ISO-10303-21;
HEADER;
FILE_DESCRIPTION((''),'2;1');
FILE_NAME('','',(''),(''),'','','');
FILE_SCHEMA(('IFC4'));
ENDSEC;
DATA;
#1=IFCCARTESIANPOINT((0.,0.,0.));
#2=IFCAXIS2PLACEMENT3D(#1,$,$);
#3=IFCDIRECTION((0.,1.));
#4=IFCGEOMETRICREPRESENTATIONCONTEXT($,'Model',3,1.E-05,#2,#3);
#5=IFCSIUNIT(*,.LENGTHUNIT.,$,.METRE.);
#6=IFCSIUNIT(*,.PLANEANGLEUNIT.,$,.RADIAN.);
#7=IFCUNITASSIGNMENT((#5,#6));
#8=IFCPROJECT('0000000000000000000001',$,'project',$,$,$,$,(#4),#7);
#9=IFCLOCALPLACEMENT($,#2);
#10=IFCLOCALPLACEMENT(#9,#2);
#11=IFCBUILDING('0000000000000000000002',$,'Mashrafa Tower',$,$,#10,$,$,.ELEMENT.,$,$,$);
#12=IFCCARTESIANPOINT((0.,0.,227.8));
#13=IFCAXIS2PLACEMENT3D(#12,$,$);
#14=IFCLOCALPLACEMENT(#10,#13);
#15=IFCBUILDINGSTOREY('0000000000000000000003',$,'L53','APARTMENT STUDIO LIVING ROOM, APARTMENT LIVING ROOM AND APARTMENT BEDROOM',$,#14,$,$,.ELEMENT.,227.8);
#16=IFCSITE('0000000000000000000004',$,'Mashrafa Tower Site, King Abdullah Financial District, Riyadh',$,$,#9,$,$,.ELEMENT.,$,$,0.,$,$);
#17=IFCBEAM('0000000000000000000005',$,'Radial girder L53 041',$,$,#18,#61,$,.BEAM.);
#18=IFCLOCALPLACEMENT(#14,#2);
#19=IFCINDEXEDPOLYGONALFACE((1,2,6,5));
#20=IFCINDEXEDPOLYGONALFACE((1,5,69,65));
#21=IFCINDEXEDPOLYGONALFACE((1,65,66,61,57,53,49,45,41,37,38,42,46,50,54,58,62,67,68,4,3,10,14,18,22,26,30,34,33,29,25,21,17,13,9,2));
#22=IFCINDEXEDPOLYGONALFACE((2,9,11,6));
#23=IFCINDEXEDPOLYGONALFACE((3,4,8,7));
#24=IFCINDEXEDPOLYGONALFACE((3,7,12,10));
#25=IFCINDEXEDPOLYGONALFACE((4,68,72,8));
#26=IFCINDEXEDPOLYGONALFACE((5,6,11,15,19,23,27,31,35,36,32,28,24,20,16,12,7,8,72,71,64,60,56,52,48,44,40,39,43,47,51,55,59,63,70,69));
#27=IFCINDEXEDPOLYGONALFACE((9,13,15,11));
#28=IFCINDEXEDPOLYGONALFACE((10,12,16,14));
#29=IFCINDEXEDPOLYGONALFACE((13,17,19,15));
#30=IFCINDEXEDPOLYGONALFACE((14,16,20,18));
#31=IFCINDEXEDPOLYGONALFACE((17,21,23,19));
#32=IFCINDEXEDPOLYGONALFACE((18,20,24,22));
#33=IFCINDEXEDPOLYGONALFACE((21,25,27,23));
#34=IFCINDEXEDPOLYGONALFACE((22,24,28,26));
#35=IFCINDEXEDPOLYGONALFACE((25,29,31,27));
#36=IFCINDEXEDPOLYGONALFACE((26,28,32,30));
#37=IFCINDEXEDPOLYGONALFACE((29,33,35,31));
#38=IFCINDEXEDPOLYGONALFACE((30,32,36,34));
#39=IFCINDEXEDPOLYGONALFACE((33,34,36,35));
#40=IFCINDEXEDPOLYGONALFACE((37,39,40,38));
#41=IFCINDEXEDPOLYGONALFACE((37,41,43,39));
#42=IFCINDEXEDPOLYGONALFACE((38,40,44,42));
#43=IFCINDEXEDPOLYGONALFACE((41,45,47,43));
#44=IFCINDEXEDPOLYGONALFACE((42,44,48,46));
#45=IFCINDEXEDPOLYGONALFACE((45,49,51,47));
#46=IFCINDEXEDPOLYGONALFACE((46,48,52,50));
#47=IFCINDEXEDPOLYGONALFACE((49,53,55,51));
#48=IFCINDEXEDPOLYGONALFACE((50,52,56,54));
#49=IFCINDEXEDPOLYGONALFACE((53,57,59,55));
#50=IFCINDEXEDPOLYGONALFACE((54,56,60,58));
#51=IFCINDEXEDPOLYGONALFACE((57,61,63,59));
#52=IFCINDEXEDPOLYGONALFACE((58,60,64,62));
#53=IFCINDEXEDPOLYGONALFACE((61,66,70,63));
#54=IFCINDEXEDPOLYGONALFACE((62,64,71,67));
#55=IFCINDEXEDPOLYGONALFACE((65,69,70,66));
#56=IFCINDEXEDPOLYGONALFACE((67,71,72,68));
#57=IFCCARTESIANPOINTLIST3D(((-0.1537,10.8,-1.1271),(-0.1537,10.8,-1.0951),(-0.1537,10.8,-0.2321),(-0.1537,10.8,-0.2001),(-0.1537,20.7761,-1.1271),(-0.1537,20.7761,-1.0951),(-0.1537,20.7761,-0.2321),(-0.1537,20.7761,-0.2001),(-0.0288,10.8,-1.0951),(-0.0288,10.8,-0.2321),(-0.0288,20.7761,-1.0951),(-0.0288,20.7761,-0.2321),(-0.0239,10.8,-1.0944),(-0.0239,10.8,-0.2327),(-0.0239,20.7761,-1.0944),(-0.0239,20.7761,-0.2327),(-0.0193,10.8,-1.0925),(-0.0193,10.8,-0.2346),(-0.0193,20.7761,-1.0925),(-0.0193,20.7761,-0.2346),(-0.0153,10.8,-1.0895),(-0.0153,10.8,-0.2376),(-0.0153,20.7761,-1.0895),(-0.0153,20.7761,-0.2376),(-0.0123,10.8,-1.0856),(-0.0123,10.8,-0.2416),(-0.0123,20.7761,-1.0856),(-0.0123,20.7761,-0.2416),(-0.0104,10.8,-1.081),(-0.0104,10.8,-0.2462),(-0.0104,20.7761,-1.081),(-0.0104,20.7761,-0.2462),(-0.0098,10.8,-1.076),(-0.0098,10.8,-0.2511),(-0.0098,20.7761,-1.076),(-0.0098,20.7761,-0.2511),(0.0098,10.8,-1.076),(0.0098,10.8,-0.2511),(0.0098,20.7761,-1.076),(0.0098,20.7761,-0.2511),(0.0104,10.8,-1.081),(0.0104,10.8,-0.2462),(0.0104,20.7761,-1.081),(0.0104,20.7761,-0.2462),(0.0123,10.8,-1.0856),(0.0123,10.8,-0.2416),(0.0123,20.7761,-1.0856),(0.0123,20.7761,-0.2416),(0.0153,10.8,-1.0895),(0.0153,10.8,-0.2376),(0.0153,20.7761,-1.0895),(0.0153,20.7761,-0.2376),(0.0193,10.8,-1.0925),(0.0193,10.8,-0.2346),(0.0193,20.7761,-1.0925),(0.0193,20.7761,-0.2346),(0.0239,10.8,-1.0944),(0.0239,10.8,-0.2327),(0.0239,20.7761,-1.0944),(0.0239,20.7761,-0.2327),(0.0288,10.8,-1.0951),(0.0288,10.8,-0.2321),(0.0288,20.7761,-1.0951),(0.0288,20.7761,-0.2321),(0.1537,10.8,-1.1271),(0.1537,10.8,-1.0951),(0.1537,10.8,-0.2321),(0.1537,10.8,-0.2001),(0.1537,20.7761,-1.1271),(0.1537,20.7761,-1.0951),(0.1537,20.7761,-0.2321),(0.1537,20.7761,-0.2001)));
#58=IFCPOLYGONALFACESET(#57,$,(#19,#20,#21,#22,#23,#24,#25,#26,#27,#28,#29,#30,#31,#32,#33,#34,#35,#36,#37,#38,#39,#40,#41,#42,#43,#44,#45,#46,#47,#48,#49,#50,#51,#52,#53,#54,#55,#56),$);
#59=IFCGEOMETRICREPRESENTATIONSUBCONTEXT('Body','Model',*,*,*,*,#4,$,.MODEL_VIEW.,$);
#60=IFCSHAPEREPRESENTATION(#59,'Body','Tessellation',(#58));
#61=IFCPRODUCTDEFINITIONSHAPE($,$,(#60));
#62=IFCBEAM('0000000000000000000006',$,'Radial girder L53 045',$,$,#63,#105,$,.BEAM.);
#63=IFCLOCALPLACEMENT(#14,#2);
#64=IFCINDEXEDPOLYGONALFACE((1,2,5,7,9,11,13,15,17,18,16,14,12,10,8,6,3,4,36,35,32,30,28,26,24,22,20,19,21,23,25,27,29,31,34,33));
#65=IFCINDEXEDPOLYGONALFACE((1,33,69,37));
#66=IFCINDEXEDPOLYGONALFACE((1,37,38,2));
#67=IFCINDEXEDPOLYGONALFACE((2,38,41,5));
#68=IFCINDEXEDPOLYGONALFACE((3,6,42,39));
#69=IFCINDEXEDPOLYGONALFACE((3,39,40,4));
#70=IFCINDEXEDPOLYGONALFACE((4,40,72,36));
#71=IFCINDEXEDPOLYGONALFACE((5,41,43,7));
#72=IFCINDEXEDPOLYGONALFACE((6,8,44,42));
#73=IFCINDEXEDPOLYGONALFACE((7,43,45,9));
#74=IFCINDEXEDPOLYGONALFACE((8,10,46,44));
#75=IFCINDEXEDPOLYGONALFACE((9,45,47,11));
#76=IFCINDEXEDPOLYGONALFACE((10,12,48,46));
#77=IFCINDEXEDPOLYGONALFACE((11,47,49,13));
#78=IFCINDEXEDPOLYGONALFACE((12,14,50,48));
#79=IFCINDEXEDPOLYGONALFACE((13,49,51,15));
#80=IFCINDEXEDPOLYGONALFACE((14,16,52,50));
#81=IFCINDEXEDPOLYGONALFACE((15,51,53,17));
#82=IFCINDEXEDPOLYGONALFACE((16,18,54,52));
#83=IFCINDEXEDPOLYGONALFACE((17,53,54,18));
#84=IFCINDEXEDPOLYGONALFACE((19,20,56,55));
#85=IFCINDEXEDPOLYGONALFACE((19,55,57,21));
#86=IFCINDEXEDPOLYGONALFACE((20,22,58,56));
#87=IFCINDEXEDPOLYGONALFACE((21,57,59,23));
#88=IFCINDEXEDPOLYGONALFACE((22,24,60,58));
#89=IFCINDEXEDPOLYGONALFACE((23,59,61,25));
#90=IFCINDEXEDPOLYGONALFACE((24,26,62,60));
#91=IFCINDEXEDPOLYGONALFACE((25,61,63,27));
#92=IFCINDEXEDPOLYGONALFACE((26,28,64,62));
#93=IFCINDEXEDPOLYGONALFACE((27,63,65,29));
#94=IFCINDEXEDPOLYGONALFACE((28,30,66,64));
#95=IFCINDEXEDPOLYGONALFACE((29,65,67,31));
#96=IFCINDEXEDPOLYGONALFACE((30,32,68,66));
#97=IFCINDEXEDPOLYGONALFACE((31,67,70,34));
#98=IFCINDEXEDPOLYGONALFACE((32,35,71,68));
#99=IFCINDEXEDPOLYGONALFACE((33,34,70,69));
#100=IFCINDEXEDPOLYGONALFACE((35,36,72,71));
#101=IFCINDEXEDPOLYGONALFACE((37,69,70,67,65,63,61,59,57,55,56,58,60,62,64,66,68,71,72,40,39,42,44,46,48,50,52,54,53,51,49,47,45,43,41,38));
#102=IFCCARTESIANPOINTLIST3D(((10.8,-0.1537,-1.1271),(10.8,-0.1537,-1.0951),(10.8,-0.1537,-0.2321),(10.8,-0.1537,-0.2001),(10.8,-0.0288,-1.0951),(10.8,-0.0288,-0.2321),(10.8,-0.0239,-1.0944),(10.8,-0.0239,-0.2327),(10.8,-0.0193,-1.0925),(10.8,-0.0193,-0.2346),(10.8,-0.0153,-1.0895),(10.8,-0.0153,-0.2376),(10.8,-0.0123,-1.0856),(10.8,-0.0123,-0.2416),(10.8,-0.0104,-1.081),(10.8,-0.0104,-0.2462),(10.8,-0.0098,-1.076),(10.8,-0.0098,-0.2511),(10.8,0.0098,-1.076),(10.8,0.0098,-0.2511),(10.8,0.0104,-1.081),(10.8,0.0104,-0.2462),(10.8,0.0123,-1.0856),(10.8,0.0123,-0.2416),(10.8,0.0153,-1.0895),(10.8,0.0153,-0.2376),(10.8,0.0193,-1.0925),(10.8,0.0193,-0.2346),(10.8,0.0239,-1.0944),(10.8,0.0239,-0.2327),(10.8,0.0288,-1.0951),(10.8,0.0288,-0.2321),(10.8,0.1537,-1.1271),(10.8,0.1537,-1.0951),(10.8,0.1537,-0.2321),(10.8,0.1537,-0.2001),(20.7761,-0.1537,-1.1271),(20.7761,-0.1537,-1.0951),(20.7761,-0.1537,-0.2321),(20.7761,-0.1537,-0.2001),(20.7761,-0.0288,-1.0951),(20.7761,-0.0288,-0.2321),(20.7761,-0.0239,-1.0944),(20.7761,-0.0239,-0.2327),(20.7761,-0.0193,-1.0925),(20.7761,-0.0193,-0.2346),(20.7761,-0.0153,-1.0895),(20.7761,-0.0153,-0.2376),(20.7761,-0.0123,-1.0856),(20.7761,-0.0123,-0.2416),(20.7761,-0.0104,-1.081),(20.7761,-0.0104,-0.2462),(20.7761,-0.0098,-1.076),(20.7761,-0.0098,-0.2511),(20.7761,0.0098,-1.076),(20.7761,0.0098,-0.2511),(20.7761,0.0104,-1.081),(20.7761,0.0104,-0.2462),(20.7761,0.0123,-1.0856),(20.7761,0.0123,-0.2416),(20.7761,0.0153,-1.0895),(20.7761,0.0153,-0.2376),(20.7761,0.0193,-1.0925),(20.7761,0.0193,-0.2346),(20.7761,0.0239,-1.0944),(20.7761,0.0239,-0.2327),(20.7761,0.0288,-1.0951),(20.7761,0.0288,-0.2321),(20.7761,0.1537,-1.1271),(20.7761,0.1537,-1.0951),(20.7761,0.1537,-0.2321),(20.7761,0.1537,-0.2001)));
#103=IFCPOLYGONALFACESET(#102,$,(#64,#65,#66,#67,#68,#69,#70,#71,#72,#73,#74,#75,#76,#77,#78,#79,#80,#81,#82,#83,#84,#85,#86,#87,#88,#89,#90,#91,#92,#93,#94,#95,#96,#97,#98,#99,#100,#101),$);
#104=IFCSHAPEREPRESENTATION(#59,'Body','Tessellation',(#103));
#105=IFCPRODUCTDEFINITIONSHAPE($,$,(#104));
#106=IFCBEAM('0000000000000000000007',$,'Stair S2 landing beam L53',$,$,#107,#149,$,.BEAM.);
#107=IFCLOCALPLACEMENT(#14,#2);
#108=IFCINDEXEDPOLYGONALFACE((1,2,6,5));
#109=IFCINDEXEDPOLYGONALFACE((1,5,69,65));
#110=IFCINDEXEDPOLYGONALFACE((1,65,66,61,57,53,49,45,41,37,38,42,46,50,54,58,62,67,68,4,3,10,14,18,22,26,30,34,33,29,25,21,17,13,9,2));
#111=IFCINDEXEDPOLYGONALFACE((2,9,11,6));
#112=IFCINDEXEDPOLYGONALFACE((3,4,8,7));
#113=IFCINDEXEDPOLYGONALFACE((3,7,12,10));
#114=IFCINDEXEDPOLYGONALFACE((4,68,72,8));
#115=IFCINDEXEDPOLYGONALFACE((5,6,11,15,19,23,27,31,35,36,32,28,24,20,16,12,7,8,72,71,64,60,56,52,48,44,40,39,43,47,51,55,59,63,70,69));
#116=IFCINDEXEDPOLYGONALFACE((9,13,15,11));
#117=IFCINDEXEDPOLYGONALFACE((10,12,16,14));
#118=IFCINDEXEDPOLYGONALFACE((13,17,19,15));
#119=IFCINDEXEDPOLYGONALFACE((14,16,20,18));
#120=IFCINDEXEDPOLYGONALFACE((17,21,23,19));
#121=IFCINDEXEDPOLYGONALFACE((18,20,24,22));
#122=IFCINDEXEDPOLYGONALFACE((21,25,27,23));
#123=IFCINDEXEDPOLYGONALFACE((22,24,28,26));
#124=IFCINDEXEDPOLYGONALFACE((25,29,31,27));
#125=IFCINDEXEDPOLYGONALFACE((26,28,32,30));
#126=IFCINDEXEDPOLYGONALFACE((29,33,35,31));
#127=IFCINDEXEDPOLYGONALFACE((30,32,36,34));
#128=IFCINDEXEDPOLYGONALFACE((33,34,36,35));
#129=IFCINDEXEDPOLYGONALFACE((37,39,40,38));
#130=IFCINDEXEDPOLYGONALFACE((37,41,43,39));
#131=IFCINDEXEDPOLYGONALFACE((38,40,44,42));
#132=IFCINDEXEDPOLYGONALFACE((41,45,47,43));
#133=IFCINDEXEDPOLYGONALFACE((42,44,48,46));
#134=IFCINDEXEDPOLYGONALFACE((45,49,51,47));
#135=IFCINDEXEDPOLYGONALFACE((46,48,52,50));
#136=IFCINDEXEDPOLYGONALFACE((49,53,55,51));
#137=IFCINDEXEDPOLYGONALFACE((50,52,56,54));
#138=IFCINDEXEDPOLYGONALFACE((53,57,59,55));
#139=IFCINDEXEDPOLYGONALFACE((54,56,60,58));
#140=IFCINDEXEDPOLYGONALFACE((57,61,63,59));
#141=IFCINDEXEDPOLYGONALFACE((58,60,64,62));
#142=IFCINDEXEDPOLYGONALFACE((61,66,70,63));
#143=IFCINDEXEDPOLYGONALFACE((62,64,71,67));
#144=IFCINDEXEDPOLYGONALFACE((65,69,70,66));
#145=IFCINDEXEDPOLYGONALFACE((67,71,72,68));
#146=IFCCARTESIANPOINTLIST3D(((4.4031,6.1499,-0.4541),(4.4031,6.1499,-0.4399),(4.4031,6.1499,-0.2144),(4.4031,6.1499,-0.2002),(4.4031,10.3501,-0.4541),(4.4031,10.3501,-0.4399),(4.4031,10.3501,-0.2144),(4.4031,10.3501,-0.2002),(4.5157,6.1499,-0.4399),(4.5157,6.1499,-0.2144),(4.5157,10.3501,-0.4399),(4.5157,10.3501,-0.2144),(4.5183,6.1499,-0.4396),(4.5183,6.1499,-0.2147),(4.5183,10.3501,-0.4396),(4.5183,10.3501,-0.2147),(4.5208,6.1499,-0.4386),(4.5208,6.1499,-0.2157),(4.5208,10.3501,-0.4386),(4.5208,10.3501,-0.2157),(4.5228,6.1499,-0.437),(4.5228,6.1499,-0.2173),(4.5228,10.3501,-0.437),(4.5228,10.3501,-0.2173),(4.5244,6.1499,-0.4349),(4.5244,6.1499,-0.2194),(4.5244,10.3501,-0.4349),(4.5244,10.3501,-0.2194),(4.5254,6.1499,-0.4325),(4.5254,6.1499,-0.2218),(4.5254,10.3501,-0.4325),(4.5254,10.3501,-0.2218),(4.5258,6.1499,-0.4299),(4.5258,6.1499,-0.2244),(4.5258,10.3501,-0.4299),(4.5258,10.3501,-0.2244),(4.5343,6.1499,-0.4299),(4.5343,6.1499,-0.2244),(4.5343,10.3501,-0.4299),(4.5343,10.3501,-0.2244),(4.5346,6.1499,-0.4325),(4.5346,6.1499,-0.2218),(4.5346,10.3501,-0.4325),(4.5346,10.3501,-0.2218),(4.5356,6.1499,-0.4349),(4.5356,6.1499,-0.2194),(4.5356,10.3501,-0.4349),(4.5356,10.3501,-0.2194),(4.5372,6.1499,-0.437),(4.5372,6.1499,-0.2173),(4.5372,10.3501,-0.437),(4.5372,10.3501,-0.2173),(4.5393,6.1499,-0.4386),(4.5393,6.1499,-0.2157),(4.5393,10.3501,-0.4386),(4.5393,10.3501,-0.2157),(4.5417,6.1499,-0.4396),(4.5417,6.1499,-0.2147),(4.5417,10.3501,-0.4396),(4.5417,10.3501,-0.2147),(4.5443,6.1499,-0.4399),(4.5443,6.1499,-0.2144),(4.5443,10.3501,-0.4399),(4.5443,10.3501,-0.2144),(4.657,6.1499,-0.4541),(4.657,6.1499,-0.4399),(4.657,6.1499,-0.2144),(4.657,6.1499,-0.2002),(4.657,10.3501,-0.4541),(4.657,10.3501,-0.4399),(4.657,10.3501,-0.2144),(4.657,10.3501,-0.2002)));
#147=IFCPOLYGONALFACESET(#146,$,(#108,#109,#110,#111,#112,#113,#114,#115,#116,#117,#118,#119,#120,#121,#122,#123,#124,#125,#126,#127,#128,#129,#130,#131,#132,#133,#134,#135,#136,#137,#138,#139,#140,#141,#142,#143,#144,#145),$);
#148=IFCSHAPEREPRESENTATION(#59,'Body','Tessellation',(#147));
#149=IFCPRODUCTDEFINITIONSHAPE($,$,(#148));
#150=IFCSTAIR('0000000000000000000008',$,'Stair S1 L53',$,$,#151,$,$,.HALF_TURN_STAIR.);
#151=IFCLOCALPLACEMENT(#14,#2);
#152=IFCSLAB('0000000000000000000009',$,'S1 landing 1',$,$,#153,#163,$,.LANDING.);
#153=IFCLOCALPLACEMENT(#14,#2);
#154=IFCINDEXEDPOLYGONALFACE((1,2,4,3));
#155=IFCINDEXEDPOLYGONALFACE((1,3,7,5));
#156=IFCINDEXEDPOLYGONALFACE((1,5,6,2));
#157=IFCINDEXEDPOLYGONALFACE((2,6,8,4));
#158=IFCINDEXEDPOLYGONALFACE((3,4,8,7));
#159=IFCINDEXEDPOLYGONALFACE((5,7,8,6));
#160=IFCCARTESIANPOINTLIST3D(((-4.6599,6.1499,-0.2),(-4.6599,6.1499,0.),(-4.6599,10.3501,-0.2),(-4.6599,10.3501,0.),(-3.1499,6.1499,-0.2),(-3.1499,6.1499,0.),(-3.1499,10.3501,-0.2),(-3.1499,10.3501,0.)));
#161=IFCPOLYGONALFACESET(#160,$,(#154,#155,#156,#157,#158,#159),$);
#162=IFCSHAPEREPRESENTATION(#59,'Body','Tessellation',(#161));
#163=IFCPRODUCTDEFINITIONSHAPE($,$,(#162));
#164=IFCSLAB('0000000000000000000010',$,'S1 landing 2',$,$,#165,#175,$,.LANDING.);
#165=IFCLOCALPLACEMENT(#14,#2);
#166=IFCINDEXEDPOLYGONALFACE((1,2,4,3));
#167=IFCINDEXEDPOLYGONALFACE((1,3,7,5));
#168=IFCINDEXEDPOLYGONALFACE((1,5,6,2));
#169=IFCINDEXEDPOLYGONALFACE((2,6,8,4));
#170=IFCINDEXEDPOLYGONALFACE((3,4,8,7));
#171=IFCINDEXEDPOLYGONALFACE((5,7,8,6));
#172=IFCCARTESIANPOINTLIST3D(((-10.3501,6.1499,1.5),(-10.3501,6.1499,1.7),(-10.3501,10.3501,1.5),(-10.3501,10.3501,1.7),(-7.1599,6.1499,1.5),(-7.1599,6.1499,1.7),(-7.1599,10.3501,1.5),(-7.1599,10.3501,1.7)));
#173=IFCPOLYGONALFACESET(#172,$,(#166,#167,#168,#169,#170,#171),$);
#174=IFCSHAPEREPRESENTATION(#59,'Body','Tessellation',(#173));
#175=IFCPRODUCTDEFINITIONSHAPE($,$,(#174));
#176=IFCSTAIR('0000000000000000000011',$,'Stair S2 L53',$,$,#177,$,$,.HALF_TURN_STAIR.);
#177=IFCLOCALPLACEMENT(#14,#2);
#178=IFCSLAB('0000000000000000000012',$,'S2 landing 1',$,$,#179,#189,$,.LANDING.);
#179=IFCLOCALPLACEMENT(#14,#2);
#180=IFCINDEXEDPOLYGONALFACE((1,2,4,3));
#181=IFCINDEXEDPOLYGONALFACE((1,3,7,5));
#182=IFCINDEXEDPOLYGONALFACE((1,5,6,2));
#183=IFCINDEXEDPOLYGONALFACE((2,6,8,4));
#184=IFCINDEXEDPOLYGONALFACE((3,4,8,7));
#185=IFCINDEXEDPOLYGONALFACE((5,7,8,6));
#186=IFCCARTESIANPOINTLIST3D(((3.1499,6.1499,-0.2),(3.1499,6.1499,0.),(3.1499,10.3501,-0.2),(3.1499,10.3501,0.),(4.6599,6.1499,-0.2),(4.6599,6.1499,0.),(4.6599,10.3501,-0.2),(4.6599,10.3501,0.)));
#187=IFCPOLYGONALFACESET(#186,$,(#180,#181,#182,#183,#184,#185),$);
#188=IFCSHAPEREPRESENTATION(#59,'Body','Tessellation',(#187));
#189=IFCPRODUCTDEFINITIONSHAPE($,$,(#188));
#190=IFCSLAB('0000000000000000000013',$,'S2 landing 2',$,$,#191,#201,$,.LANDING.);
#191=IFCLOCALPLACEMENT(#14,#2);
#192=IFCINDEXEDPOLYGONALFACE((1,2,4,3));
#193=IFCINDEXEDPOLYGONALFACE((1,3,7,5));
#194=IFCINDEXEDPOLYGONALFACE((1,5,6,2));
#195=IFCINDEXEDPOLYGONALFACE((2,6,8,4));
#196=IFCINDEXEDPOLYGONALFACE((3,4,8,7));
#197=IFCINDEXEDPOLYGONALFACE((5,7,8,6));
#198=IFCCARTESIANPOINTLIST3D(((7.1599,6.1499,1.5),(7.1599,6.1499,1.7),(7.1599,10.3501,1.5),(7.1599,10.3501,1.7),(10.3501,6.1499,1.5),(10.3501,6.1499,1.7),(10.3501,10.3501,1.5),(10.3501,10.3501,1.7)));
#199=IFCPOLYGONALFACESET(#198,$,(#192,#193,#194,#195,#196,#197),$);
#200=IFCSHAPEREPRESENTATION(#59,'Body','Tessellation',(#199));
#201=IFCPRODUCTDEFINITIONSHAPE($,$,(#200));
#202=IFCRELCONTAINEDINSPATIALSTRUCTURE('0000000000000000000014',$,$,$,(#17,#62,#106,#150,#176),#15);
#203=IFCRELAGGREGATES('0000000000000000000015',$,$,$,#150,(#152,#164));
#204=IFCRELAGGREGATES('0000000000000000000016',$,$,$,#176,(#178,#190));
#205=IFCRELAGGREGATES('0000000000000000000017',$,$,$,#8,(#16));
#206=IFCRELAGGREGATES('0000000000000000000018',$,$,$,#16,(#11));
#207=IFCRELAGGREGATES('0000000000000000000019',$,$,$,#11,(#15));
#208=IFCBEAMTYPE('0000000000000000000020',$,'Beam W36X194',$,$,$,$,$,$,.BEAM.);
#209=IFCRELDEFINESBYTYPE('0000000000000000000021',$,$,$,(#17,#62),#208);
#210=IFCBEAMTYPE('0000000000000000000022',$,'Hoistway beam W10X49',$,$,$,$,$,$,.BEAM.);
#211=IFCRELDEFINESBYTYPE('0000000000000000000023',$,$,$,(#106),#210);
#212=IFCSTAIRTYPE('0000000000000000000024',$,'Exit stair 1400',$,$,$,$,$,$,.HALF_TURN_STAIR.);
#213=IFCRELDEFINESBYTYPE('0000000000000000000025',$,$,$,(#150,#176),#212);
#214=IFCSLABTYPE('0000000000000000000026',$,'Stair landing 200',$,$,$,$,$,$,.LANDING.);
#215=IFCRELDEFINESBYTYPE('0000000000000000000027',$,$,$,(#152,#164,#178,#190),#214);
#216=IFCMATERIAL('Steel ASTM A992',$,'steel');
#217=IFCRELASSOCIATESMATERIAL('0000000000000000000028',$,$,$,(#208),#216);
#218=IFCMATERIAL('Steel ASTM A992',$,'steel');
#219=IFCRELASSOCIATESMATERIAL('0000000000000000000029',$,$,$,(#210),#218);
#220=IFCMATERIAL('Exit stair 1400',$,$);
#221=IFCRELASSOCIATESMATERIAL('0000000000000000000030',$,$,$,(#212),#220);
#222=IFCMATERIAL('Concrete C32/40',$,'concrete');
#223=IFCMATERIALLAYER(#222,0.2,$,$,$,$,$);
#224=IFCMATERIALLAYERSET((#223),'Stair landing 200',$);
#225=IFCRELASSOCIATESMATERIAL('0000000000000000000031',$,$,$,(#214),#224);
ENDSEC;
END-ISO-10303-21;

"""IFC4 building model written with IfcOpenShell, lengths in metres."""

from ifc_helpers import new_model, si_unit, direction, frame, origin, origin_2d, place, context, subcontext, project, spatial, polyline, i_section, outline, extrude, material, layer, layer_set, material_profile, profile_set, type_object, element, aggregate, save


model = new_model("IFC4")

# Units and contexts
model_context = context("Model", 3, precision=1e-05, world=origin(), true_north=direction((0.0, 1.0)))
body_context = subcontext(model_context, "Body", "Model", "MODEL_VIEW")
ifc_project = project(units=[si_unit("LENGTHUNIT", "METRE"), si_unit("PLANEANGLEUNIT", "RADIAN")], contexts=[model_context])

# Site, building, storey
site_placement = place(None, origin())
site = spatial("IfcSite", under=ifc_project, at=site_placement, Name="Mashrafa Tower Site, King Abdullah Financial District, Riyadh", CompositionType="ELEMENT", RefElevation=0.0)
building_placement = place(site_placement, origin())
building = spatial("IfcBuilding", under=site, at=building_placement, Name="Mashrafa Tower", CompositionType="ELEMENT")
storey_placement = place(building_placement, frame((0.0, 0.0, 227.8)))
storey = spatial("IfcBuildingStorey", under=building, at=storey_placement, Name="L53", Description="APARTMENT STUDIO LIVING ROOM, APARTMENT LIVING ROOM AND APARTMENT BEDROOM", CompositionType="ELEMENT", Elevation=227.8)

# Beams
ifc_material_1 = material(Name="Steel ASTM A992", Category="steel")
ifc_material_profile_1 = material_profile(ifc_material_1, i_section(OverallWidth=0.3074, OverallDepth=0.927, WebThickness=0.0195, FlangeThickness=0.032, FilletRadius=0.019, at=origin_2d()), Name="W36X194")
ifc_profile_set_1 = profile_set([ifc_material_profile_1], Name="Steel ASTM A992")
beam_type_1 = type_object("IfcBeamType", Name="Beam W36X194", PredefinedType="BEAM", material=ifc_profile_set_1)
for number, where, z_axis, x_axis, name in (
    (1, (0.0, 10.8, -0.6636), (0.0, 1.0, 0.0), (-1.0, 0.0, 0.0), "Radial girder L53 041"),
    (2, (10.8, 0.0, -0.6636), (1.0, 0.0, 0.0), (0.0, 1.0, 0.0), "Radial girder L53 045"),
):
    element("IfcBeam", number, at=place(storey_placement, frame(where, z_axis=z_axis, x_axis=x_axis)), inside=storey, type_object=beam_type_1, Name=name, PredefinedType="BEAM", context=body_context, shape_type="SweptSolid", body=[
        extrude(i_section(OverallWidth=0.3074, OverallDepth=0.927, WebThickness=0.0195, FlangeThickness=0.032, FilletRadius=0.019, at=origin_2d()), origin(), (0.0, 0.0, 1.0), 9.9761),
    ])
ifc_material_2 = material(Name="Steel ASTM A992", Category="steel")
ifc_material_profile_2 = material_profile(ifc_material_2, i_section(OverallWidth=0.2539, OverallDepth=0.2539, WebThickness=0.0085, FlangeThickness=0.0142, FilletRadius=0.01, at=origin_2d()), Name="W10X49")
ifc_profile_set_2 = profile_set([ifc_material_profile_2], Name="Steel ASTM A992")
beam_type_2 = type_object("IfcBeamType", Name="Hoistway beam W10X49", PredefinedType="BEAM", material=ifc_profile_set_2)
beam_1_placement = place(storey_placement, frame((4.53, 6.1499, -0.3271), z_axis=(0.0, 1.0, 0.0), x_axis=(-1.0, 0.0, 0.0)))
element("IfcBeam", 3, at=beam_1_placement, inside=storey, type_object=beam_type_2, Name="Stair S2 landing beam L53", PredefinedType="BEAM", context=body_context, shape_type="SweptSolid", body=[
    extrude(i_section(OverallWidth=0.2539, OverallDepth=0.2539, WebThickness=0.0085, FlangeThickness=0.0142, FilletRadius=0.01, at=origin_2d()), origin(), (0.0, 0.0, 1.0), 4.2002),
])

# Stairs, slabs
ifc_material_3 = material(Name="Exit stair 1400")
stair_type = type_object("IfcStairType", Name="Exit stair 1400", PredefinedType="HALF_TURN_STAIR", material=ifc_material_3)
stair_1_placement = place(storey_placement, origin())
stair_1 = element("IfcStair", 4, at=stair_1_placement, inside=storey, type_object=stair_type, Name="Stair S1 L53", PredefinedType="HALF_TURN_STAIR")
ifc_material_4 = material(Name="Concrete C32/40", Category="concrete")
ifc_layer_1 = layer(ifc_material_4, 0.2)
ifc_layer_set_1 = layer_set([ifc_layer_1], Name="Stair landing 200")
slab_type = type_object("IfcSlabType", Name="Stair landing 200", PredefinedType="LANDING", material=ifc_layer_set_1)
slab_1_placement = place(storey_placement, frame((0.0, 0.0, -0.2)))
slab_1 = element("IfcSlab", 5, at=slab_1_placement, type_object=slab_type, Name="S1 landing 1", PredefinedType="LANDING", context=body_context, shape_type="SweptSolid", body=[
    extrude(outline(polyline([(-4.6599, 6.1499), (-3.1499, 6.1499), (-3.1499, 10.3501), (-4.6599, 10.3501), (-4.6599, 6.1499)])), origin(), (0.0, 0.0, 1.0), 0.2),
])
slab_2_placement = place(storey_placement, frame((0.0, 0.0, 1.5)))
slab_2 = element("IfcSlab", 6, at=slab_2_placement, type_object=slab_type, Name="S1 landing 2", PredefinedType="LANDING", context=body_context, shape_type="SweptSolid", body=[
    extrude(outline(polyline([(-10.3501, 6.1499), (-7.1599, 6.1499), (-7.1599, 10.3501), (-10.3501, 10.3501), (-10.3501, 6.1499)])), origin(), (0.0, 0.0, 1.0), 0.2),
])
aggregate(stair_1, [slab_1, slab_2])
stair_2_placement = place(storey_placement, origin())
stair_2 = element("IfcStair", 7, at=stair_2_placement, inside=storey, type_object=stair_type, Name="Stair S2 L53", PredefinedType="HALF_TURN_STAIR")
slab_3_placement = place(storey_placement, frame((0.0, 0.0, -0.2)))
slab_3 = element("IfcSlab", 8, at=slab_3_placement, type_object=slab_type, Name="S2 landing 1", PredefinedType="LANDING", context=body_context, shape_type="SweptSolid", body=[
    extrude(outline(polyline([(3.1499, 6.1499), (4.6599, 6.1499), (4.6599, 10.3501), (3.1499, 10.3501), (3.1499, 6.1499)])), origin(), (0.0, 0.0, 1.0), 0.2),
])
slab_4_placement = place(storey_placement, frame((0.0, 0.0, 1.5)))
slab_4 = element("IfcSlab", 9, at=slab_4_placement, type_object=slab_type, Name="S2 landing 2", PredefinedType="LANDING", context=body_context, shape_type="SweptSolid", body=[
    extrude(outline(polyline([(7.1599, 6.1499), (10.3501, 6.1499), (10.3501, 10.3501), (7.1599, 10.3501), (7.1599, 6.1499)])), origin(), (0.0, 0.0, 1.0), 0.2),
])

aggregate(stair_2, [slab_3, slab_4])

save(model, "model.ifc")
